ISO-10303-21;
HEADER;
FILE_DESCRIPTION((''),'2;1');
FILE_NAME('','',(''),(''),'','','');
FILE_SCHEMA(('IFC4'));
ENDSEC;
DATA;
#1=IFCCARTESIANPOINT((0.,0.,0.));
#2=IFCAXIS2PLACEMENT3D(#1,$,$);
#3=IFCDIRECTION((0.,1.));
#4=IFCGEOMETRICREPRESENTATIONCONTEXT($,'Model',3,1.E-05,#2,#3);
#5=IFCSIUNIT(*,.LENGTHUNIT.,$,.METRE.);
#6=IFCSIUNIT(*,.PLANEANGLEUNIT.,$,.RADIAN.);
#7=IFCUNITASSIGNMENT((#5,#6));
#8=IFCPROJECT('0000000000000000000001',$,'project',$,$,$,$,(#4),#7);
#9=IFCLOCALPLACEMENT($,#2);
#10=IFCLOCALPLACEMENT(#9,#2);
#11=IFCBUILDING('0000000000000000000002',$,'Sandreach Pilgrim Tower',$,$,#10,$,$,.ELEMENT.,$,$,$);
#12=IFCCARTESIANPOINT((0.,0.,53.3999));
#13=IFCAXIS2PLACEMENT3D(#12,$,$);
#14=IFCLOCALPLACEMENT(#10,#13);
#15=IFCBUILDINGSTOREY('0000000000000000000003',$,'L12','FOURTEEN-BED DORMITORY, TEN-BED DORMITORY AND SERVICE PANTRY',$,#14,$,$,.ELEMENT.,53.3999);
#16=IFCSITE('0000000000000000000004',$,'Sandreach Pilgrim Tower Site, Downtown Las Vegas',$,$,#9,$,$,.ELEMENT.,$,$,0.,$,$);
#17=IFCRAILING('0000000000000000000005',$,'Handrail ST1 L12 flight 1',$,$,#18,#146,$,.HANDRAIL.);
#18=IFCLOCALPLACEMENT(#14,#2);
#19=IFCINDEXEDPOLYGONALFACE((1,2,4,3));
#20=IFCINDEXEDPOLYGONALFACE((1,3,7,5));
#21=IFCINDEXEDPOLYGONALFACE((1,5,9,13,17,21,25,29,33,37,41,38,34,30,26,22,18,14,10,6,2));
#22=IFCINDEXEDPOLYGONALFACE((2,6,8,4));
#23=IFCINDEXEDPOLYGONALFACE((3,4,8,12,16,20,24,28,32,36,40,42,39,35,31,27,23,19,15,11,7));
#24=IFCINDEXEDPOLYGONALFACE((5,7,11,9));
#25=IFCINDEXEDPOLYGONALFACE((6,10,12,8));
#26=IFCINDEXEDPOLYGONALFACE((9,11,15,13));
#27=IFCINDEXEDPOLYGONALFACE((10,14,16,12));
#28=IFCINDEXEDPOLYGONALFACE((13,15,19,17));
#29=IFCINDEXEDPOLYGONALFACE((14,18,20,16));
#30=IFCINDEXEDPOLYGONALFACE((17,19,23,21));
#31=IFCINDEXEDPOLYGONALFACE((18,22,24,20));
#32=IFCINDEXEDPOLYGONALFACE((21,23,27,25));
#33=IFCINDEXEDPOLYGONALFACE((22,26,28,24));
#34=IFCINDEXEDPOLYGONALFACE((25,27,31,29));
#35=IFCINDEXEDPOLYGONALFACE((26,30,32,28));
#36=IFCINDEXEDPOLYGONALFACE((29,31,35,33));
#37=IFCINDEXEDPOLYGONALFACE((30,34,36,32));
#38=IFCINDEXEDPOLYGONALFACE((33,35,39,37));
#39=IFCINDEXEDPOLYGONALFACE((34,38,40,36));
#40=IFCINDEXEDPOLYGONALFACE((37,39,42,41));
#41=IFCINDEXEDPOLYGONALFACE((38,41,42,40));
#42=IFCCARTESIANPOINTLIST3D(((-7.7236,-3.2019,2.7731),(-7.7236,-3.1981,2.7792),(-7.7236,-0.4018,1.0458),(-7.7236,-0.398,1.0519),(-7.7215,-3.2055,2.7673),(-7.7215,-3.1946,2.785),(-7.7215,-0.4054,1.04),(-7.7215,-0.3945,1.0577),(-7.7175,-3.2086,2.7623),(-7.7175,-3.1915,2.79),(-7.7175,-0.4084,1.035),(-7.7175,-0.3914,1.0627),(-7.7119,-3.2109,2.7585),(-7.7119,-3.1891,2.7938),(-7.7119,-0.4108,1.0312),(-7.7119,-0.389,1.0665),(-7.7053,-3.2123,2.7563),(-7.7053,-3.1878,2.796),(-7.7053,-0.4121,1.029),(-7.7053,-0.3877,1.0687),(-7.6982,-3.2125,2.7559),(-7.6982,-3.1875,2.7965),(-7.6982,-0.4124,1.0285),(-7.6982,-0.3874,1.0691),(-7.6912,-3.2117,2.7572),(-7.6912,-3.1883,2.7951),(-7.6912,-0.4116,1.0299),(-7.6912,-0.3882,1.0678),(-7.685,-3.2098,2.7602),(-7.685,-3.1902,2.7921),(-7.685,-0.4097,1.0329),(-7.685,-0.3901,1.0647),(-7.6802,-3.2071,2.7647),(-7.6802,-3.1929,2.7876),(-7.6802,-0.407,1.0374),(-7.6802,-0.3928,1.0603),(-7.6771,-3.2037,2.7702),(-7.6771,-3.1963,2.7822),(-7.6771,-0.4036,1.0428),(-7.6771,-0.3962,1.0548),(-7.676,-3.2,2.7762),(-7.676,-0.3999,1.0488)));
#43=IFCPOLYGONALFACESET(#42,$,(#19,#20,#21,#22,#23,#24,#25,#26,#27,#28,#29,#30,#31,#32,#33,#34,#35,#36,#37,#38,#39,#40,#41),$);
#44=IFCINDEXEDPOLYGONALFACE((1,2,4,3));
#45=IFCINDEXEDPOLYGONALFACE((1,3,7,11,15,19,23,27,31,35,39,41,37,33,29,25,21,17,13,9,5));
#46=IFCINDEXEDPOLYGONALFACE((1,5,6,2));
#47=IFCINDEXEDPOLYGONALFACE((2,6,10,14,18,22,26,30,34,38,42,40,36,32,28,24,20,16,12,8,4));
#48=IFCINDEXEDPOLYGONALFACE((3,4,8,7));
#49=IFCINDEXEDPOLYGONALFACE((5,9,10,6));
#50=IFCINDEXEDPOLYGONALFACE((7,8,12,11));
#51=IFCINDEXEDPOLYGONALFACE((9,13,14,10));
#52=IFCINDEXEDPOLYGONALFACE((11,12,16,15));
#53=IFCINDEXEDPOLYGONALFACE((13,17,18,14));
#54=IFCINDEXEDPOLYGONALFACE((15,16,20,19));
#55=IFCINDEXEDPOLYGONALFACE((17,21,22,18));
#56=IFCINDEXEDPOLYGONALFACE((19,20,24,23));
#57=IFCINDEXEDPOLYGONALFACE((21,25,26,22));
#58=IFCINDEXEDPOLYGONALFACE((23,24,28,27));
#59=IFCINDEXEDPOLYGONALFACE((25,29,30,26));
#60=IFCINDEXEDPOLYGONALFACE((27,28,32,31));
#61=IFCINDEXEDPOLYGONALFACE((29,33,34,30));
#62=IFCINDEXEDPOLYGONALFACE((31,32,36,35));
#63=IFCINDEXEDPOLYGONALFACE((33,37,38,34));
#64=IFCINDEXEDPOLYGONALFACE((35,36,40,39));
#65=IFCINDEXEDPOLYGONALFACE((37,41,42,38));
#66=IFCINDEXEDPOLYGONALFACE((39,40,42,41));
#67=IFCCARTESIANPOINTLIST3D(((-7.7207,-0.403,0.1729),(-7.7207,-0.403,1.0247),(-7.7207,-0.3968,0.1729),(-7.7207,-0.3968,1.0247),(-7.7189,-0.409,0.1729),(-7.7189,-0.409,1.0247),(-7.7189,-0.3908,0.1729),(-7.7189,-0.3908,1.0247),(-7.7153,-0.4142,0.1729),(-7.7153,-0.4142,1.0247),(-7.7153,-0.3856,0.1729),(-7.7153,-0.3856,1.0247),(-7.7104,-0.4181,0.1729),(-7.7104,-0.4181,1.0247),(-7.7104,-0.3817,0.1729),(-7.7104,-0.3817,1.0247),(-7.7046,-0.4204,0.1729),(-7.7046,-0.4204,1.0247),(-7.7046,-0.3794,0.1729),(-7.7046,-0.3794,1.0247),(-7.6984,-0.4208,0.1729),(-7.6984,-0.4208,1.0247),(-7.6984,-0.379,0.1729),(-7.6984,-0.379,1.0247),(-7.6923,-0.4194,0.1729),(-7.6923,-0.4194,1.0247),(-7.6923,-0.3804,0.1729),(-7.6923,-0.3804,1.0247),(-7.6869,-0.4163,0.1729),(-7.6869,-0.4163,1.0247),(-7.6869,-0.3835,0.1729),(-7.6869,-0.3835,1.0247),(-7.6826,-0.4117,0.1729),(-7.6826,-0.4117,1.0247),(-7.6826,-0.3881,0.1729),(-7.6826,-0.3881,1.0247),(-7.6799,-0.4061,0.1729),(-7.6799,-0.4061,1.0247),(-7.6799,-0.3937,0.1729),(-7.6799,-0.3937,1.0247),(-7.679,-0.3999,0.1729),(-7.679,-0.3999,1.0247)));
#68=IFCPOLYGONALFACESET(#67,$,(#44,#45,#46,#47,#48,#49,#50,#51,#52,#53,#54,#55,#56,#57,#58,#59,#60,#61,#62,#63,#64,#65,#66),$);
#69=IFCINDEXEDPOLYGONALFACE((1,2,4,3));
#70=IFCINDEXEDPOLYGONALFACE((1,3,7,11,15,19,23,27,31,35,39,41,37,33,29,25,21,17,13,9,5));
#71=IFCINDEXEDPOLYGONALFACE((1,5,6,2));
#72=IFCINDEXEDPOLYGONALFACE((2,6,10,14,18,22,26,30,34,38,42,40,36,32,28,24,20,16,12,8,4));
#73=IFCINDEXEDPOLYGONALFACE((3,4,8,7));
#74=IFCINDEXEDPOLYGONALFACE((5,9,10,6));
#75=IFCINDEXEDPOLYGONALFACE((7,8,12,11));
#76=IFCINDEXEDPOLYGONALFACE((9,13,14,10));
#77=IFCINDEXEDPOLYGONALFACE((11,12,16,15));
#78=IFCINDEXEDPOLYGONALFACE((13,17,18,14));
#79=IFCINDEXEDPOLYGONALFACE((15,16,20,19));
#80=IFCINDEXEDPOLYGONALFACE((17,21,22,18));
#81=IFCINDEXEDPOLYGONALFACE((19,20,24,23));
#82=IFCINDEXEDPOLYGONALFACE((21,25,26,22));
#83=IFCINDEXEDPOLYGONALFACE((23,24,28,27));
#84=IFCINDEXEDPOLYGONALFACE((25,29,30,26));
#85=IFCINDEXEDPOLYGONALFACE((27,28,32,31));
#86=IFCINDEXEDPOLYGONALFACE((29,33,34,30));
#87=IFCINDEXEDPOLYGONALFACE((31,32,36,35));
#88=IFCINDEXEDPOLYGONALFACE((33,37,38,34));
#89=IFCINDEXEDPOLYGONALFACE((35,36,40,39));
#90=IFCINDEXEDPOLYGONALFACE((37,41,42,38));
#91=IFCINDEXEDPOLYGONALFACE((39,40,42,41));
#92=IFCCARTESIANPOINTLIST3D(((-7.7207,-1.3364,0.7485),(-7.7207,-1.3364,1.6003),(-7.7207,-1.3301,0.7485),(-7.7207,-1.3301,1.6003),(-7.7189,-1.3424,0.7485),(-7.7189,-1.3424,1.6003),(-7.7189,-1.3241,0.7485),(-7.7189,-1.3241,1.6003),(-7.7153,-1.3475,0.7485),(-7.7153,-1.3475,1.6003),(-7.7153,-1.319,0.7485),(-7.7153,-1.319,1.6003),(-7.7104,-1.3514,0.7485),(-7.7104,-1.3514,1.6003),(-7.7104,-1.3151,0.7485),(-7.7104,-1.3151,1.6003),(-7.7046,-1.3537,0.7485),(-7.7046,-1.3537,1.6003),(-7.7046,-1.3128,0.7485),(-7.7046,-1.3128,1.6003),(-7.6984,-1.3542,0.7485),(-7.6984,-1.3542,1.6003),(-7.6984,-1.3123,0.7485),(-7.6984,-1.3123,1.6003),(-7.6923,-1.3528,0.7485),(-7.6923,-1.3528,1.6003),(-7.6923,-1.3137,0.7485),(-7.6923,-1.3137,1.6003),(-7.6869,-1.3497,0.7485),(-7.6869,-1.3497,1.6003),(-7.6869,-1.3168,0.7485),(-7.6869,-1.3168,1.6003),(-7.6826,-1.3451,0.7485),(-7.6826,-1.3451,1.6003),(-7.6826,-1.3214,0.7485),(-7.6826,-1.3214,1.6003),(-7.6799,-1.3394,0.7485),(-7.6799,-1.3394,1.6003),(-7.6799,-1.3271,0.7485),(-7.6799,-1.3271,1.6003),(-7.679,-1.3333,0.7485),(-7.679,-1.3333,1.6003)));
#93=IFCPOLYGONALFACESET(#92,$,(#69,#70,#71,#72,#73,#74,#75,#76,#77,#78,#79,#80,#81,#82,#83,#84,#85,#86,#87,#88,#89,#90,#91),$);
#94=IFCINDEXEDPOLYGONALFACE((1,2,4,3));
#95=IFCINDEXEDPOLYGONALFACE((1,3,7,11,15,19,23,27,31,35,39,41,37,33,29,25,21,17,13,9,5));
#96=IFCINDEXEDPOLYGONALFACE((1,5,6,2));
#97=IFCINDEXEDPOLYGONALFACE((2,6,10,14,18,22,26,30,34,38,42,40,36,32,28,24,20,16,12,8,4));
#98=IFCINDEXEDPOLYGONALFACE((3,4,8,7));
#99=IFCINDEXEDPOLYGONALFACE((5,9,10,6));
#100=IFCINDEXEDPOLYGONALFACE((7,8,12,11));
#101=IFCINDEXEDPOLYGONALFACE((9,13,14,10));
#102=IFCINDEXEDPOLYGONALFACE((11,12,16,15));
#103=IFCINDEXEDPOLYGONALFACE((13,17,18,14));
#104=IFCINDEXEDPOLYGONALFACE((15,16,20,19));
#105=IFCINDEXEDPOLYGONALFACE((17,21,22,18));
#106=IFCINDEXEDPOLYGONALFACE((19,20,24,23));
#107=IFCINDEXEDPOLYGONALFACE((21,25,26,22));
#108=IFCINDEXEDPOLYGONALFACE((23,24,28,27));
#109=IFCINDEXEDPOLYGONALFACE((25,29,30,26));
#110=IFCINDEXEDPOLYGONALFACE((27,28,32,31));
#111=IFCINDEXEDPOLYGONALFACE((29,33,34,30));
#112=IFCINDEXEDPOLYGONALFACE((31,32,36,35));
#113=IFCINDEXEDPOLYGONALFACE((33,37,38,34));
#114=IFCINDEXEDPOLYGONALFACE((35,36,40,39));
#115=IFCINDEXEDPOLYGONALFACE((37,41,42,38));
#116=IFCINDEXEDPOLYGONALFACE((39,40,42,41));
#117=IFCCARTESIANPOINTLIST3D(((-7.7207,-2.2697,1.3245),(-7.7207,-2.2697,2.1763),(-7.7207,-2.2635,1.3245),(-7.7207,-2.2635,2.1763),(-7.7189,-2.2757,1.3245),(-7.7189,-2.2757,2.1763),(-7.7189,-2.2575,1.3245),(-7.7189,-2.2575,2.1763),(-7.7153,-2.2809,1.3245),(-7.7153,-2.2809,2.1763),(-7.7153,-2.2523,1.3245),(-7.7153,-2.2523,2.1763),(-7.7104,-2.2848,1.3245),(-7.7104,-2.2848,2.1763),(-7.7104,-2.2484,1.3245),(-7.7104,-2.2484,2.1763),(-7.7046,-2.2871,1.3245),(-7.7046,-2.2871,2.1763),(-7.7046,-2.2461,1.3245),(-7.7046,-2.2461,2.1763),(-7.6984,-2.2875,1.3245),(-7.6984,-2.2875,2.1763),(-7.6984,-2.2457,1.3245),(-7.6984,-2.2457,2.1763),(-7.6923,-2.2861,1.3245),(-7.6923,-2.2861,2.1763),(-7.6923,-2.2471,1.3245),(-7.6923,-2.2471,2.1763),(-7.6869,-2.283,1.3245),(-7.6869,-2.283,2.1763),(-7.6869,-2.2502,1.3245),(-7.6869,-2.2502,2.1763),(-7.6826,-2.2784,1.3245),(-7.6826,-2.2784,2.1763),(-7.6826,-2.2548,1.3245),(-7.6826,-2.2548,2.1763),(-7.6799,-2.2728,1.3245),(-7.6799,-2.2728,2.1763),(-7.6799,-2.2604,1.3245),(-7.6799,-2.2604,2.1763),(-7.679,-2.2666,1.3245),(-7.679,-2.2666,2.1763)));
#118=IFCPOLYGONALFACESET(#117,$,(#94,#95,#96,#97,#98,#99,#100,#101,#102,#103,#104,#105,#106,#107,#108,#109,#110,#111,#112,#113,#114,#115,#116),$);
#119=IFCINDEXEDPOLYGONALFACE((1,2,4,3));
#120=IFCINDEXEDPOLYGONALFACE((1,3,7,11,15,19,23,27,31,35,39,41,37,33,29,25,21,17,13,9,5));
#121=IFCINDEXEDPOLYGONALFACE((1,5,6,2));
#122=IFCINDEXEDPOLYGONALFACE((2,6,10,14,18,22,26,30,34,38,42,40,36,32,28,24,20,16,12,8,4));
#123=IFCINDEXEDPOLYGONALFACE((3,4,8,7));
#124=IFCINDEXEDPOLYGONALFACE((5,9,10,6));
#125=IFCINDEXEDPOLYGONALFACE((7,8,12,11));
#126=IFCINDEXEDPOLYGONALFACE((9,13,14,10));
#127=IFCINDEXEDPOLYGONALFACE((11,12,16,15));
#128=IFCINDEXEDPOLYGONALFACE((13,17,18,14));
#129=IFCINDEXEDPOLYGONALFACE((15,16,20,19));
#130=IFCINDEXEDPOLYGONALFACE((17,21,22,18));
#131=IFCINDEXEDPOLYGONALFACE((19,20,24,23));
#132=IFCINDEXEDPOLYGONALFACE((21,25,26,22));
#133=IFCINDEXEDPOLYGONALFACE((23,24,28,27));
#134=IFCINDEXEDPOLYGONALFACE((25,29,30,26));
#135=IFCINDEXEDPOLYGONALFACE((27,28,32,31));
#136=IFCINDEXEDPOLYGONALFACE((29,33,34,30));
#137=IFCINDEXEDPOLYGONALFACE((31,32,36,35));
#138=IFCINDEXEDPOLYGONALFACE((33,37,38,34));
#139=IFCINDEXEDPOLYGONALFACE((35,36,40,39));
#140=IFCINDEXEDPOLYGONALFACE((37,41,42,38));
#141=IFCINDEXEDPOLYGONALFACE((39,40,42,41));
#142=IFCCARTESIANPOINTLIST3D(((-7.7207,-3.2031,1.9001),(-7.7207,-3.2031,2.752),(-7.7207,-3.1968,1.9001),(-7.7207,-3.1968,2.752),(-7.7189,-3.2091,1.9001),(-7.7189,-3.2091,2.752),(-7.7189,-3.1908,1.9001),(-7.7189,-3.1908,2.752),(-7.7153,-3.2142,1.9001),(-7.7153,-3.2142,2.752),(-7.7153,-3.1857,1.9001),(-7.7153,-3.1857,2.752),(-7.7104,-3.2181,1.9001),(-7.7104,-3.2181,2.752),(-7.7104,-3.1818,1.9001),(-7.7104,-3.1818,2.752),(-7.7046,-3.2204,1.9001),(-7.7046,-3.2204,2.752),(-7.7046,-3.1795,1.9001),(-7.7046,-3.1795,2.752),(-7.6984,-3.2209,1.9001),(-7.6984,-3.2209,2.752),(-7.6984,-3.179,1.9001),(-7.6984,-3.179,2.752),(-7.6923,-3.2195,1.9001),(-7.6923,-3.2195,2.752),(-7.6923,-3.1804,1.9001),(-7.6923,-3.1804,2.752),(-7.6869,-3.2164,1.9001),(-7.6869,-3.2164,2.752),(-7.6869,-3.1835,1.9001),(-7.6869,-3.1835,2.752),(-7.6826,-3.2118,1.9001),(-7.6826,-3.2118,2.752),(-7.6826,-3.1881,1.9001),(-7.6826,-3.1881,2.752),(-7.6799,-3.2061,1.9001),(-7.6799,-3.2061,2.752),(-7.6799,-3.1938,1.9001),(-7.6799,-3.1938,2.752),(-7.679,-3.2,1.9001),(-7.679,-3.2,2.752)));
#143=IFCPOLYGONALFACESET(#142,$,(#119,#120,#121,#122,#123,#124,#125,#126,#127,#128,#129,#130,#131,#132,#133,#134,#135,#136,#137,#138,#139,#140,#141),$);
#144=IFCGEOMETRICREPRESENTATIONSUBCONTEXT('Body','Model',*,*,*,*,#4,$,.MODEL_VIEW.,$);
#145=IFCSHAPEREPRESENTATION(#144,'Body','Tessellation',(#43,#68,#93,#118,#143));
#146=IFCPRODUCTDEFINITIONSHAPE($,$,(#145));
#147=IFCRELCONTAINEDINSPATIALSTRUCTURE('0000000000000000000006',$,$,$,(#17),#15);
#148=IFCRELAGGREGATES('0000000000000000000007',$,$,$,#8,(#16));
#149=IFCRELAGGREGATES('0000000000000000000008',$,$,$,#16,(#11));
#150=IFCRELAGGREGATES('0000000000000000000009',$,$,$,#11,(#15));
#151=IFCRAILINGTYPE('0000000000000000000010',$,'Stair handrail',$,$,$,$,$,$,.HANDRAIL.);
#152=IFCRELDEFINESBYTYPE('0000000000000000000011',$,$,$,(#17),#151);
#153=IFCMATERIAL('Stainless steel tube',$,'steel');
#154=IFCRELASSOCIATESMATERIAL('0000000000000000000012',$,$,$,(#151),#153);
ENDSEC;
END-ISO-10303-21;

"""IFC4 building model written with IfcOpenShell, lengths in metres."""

from ifc_helpers import new_model, si_unit, direction, frame, origin, origin_2d, place, context, subcontext, project, spatial, circle, extrude, material, type_object, element, save


model = new_model("IFC4")

# Units and contexts
model_context = context("Model", 3, precision=1e-05, world=origin(), true_north=direction((0.0, 1.0)))
body_context = subcontext(model_context, "Body", "Model", "MODEL_VIEW")
ifc_project = project(units=[si_unit("LENGTHUNIT", "METRE"), si_unit("PLANEANGLEUNIT", "RADIAN")], contexts=[model_context])

# Site, building, storey
site_placement = place(None, origin())
site = spatial("IfcSite", under=ifc_project, at=site_placement, Name="Sandreach Pilgrim Tower Site, Downtown Las Vegas", CompositionType="ELEMENT", RefElevation=0.0)
building_placement = place(site_placement, origin())
building = spatial("IfcBuilding", under=site, at=building_placement, Name="Sandreach Pilgrim Tower", CompositionType="ELEMENT")
storey_placement = place(building_placement, frame((0.0, 0.0, 53.3999)))
storey = spatial("IfcBuildingStorey", under=building, at=storey_placement, Name="L12", Description="FOURTEEN-BED DORMITORY, TEN-BED DORMITORY AND SERVICE PANTRY", CompositionType="ELEMENT", Elevation=53.3999)

# Railing
ifc_material_1 = material(Name="Stainless steel tube", Category="steel")
railing_type = type_object("IfcRailingType", Name="Stair handrail", PredefinedType="HANDRAIL", material=ifc_material_1)
for number, where, name in (
    (1, (-7.7, -0.3999, 0.1729), "Handrail ST1 L12 flight 1"),
):
    element("IfcRailing", number, at=place(storey_placement, frame(where)), inside=storey, type_object=railing_type, Name=name, PredefinedType="HANDRAIL", context=body_context, shape_type="SweptSolid", body=[
        extrude(circle(Radius=0.0239, at=origin_2d()), frame((0.0, 0.0, 0.876), z_axis=(0.0, -0.85109, 0.52502), x_axis=(1.0, 0.0, 0.0)), (0.0, 0.0, 1.0), 3.29),
        extrude(circle(Radius=0.021, at=origin_2d()), origin(), (0.0, 0.0, 1.0), 0.8518),
        extrude(circle(Radius=0.021, at=origin_2d()), frame((0.0, -0.9333, 0.5757)), (0.0, 0.0, 1.0), 0.8518),
        extrude(circle(Radius=0.021, at=origin_2d()), frame((0.0, -1.8667, 1.1516)), (0.0, 0.0, 1.0), 0.8518),
        extrude(circle(Radius=0.021, at=origin_2d()), frame((0.0, -2.8, 1.7273)), (0.0, 0.0, 1.0), 0.8518),
    ])

save(model, "model.ifc")
